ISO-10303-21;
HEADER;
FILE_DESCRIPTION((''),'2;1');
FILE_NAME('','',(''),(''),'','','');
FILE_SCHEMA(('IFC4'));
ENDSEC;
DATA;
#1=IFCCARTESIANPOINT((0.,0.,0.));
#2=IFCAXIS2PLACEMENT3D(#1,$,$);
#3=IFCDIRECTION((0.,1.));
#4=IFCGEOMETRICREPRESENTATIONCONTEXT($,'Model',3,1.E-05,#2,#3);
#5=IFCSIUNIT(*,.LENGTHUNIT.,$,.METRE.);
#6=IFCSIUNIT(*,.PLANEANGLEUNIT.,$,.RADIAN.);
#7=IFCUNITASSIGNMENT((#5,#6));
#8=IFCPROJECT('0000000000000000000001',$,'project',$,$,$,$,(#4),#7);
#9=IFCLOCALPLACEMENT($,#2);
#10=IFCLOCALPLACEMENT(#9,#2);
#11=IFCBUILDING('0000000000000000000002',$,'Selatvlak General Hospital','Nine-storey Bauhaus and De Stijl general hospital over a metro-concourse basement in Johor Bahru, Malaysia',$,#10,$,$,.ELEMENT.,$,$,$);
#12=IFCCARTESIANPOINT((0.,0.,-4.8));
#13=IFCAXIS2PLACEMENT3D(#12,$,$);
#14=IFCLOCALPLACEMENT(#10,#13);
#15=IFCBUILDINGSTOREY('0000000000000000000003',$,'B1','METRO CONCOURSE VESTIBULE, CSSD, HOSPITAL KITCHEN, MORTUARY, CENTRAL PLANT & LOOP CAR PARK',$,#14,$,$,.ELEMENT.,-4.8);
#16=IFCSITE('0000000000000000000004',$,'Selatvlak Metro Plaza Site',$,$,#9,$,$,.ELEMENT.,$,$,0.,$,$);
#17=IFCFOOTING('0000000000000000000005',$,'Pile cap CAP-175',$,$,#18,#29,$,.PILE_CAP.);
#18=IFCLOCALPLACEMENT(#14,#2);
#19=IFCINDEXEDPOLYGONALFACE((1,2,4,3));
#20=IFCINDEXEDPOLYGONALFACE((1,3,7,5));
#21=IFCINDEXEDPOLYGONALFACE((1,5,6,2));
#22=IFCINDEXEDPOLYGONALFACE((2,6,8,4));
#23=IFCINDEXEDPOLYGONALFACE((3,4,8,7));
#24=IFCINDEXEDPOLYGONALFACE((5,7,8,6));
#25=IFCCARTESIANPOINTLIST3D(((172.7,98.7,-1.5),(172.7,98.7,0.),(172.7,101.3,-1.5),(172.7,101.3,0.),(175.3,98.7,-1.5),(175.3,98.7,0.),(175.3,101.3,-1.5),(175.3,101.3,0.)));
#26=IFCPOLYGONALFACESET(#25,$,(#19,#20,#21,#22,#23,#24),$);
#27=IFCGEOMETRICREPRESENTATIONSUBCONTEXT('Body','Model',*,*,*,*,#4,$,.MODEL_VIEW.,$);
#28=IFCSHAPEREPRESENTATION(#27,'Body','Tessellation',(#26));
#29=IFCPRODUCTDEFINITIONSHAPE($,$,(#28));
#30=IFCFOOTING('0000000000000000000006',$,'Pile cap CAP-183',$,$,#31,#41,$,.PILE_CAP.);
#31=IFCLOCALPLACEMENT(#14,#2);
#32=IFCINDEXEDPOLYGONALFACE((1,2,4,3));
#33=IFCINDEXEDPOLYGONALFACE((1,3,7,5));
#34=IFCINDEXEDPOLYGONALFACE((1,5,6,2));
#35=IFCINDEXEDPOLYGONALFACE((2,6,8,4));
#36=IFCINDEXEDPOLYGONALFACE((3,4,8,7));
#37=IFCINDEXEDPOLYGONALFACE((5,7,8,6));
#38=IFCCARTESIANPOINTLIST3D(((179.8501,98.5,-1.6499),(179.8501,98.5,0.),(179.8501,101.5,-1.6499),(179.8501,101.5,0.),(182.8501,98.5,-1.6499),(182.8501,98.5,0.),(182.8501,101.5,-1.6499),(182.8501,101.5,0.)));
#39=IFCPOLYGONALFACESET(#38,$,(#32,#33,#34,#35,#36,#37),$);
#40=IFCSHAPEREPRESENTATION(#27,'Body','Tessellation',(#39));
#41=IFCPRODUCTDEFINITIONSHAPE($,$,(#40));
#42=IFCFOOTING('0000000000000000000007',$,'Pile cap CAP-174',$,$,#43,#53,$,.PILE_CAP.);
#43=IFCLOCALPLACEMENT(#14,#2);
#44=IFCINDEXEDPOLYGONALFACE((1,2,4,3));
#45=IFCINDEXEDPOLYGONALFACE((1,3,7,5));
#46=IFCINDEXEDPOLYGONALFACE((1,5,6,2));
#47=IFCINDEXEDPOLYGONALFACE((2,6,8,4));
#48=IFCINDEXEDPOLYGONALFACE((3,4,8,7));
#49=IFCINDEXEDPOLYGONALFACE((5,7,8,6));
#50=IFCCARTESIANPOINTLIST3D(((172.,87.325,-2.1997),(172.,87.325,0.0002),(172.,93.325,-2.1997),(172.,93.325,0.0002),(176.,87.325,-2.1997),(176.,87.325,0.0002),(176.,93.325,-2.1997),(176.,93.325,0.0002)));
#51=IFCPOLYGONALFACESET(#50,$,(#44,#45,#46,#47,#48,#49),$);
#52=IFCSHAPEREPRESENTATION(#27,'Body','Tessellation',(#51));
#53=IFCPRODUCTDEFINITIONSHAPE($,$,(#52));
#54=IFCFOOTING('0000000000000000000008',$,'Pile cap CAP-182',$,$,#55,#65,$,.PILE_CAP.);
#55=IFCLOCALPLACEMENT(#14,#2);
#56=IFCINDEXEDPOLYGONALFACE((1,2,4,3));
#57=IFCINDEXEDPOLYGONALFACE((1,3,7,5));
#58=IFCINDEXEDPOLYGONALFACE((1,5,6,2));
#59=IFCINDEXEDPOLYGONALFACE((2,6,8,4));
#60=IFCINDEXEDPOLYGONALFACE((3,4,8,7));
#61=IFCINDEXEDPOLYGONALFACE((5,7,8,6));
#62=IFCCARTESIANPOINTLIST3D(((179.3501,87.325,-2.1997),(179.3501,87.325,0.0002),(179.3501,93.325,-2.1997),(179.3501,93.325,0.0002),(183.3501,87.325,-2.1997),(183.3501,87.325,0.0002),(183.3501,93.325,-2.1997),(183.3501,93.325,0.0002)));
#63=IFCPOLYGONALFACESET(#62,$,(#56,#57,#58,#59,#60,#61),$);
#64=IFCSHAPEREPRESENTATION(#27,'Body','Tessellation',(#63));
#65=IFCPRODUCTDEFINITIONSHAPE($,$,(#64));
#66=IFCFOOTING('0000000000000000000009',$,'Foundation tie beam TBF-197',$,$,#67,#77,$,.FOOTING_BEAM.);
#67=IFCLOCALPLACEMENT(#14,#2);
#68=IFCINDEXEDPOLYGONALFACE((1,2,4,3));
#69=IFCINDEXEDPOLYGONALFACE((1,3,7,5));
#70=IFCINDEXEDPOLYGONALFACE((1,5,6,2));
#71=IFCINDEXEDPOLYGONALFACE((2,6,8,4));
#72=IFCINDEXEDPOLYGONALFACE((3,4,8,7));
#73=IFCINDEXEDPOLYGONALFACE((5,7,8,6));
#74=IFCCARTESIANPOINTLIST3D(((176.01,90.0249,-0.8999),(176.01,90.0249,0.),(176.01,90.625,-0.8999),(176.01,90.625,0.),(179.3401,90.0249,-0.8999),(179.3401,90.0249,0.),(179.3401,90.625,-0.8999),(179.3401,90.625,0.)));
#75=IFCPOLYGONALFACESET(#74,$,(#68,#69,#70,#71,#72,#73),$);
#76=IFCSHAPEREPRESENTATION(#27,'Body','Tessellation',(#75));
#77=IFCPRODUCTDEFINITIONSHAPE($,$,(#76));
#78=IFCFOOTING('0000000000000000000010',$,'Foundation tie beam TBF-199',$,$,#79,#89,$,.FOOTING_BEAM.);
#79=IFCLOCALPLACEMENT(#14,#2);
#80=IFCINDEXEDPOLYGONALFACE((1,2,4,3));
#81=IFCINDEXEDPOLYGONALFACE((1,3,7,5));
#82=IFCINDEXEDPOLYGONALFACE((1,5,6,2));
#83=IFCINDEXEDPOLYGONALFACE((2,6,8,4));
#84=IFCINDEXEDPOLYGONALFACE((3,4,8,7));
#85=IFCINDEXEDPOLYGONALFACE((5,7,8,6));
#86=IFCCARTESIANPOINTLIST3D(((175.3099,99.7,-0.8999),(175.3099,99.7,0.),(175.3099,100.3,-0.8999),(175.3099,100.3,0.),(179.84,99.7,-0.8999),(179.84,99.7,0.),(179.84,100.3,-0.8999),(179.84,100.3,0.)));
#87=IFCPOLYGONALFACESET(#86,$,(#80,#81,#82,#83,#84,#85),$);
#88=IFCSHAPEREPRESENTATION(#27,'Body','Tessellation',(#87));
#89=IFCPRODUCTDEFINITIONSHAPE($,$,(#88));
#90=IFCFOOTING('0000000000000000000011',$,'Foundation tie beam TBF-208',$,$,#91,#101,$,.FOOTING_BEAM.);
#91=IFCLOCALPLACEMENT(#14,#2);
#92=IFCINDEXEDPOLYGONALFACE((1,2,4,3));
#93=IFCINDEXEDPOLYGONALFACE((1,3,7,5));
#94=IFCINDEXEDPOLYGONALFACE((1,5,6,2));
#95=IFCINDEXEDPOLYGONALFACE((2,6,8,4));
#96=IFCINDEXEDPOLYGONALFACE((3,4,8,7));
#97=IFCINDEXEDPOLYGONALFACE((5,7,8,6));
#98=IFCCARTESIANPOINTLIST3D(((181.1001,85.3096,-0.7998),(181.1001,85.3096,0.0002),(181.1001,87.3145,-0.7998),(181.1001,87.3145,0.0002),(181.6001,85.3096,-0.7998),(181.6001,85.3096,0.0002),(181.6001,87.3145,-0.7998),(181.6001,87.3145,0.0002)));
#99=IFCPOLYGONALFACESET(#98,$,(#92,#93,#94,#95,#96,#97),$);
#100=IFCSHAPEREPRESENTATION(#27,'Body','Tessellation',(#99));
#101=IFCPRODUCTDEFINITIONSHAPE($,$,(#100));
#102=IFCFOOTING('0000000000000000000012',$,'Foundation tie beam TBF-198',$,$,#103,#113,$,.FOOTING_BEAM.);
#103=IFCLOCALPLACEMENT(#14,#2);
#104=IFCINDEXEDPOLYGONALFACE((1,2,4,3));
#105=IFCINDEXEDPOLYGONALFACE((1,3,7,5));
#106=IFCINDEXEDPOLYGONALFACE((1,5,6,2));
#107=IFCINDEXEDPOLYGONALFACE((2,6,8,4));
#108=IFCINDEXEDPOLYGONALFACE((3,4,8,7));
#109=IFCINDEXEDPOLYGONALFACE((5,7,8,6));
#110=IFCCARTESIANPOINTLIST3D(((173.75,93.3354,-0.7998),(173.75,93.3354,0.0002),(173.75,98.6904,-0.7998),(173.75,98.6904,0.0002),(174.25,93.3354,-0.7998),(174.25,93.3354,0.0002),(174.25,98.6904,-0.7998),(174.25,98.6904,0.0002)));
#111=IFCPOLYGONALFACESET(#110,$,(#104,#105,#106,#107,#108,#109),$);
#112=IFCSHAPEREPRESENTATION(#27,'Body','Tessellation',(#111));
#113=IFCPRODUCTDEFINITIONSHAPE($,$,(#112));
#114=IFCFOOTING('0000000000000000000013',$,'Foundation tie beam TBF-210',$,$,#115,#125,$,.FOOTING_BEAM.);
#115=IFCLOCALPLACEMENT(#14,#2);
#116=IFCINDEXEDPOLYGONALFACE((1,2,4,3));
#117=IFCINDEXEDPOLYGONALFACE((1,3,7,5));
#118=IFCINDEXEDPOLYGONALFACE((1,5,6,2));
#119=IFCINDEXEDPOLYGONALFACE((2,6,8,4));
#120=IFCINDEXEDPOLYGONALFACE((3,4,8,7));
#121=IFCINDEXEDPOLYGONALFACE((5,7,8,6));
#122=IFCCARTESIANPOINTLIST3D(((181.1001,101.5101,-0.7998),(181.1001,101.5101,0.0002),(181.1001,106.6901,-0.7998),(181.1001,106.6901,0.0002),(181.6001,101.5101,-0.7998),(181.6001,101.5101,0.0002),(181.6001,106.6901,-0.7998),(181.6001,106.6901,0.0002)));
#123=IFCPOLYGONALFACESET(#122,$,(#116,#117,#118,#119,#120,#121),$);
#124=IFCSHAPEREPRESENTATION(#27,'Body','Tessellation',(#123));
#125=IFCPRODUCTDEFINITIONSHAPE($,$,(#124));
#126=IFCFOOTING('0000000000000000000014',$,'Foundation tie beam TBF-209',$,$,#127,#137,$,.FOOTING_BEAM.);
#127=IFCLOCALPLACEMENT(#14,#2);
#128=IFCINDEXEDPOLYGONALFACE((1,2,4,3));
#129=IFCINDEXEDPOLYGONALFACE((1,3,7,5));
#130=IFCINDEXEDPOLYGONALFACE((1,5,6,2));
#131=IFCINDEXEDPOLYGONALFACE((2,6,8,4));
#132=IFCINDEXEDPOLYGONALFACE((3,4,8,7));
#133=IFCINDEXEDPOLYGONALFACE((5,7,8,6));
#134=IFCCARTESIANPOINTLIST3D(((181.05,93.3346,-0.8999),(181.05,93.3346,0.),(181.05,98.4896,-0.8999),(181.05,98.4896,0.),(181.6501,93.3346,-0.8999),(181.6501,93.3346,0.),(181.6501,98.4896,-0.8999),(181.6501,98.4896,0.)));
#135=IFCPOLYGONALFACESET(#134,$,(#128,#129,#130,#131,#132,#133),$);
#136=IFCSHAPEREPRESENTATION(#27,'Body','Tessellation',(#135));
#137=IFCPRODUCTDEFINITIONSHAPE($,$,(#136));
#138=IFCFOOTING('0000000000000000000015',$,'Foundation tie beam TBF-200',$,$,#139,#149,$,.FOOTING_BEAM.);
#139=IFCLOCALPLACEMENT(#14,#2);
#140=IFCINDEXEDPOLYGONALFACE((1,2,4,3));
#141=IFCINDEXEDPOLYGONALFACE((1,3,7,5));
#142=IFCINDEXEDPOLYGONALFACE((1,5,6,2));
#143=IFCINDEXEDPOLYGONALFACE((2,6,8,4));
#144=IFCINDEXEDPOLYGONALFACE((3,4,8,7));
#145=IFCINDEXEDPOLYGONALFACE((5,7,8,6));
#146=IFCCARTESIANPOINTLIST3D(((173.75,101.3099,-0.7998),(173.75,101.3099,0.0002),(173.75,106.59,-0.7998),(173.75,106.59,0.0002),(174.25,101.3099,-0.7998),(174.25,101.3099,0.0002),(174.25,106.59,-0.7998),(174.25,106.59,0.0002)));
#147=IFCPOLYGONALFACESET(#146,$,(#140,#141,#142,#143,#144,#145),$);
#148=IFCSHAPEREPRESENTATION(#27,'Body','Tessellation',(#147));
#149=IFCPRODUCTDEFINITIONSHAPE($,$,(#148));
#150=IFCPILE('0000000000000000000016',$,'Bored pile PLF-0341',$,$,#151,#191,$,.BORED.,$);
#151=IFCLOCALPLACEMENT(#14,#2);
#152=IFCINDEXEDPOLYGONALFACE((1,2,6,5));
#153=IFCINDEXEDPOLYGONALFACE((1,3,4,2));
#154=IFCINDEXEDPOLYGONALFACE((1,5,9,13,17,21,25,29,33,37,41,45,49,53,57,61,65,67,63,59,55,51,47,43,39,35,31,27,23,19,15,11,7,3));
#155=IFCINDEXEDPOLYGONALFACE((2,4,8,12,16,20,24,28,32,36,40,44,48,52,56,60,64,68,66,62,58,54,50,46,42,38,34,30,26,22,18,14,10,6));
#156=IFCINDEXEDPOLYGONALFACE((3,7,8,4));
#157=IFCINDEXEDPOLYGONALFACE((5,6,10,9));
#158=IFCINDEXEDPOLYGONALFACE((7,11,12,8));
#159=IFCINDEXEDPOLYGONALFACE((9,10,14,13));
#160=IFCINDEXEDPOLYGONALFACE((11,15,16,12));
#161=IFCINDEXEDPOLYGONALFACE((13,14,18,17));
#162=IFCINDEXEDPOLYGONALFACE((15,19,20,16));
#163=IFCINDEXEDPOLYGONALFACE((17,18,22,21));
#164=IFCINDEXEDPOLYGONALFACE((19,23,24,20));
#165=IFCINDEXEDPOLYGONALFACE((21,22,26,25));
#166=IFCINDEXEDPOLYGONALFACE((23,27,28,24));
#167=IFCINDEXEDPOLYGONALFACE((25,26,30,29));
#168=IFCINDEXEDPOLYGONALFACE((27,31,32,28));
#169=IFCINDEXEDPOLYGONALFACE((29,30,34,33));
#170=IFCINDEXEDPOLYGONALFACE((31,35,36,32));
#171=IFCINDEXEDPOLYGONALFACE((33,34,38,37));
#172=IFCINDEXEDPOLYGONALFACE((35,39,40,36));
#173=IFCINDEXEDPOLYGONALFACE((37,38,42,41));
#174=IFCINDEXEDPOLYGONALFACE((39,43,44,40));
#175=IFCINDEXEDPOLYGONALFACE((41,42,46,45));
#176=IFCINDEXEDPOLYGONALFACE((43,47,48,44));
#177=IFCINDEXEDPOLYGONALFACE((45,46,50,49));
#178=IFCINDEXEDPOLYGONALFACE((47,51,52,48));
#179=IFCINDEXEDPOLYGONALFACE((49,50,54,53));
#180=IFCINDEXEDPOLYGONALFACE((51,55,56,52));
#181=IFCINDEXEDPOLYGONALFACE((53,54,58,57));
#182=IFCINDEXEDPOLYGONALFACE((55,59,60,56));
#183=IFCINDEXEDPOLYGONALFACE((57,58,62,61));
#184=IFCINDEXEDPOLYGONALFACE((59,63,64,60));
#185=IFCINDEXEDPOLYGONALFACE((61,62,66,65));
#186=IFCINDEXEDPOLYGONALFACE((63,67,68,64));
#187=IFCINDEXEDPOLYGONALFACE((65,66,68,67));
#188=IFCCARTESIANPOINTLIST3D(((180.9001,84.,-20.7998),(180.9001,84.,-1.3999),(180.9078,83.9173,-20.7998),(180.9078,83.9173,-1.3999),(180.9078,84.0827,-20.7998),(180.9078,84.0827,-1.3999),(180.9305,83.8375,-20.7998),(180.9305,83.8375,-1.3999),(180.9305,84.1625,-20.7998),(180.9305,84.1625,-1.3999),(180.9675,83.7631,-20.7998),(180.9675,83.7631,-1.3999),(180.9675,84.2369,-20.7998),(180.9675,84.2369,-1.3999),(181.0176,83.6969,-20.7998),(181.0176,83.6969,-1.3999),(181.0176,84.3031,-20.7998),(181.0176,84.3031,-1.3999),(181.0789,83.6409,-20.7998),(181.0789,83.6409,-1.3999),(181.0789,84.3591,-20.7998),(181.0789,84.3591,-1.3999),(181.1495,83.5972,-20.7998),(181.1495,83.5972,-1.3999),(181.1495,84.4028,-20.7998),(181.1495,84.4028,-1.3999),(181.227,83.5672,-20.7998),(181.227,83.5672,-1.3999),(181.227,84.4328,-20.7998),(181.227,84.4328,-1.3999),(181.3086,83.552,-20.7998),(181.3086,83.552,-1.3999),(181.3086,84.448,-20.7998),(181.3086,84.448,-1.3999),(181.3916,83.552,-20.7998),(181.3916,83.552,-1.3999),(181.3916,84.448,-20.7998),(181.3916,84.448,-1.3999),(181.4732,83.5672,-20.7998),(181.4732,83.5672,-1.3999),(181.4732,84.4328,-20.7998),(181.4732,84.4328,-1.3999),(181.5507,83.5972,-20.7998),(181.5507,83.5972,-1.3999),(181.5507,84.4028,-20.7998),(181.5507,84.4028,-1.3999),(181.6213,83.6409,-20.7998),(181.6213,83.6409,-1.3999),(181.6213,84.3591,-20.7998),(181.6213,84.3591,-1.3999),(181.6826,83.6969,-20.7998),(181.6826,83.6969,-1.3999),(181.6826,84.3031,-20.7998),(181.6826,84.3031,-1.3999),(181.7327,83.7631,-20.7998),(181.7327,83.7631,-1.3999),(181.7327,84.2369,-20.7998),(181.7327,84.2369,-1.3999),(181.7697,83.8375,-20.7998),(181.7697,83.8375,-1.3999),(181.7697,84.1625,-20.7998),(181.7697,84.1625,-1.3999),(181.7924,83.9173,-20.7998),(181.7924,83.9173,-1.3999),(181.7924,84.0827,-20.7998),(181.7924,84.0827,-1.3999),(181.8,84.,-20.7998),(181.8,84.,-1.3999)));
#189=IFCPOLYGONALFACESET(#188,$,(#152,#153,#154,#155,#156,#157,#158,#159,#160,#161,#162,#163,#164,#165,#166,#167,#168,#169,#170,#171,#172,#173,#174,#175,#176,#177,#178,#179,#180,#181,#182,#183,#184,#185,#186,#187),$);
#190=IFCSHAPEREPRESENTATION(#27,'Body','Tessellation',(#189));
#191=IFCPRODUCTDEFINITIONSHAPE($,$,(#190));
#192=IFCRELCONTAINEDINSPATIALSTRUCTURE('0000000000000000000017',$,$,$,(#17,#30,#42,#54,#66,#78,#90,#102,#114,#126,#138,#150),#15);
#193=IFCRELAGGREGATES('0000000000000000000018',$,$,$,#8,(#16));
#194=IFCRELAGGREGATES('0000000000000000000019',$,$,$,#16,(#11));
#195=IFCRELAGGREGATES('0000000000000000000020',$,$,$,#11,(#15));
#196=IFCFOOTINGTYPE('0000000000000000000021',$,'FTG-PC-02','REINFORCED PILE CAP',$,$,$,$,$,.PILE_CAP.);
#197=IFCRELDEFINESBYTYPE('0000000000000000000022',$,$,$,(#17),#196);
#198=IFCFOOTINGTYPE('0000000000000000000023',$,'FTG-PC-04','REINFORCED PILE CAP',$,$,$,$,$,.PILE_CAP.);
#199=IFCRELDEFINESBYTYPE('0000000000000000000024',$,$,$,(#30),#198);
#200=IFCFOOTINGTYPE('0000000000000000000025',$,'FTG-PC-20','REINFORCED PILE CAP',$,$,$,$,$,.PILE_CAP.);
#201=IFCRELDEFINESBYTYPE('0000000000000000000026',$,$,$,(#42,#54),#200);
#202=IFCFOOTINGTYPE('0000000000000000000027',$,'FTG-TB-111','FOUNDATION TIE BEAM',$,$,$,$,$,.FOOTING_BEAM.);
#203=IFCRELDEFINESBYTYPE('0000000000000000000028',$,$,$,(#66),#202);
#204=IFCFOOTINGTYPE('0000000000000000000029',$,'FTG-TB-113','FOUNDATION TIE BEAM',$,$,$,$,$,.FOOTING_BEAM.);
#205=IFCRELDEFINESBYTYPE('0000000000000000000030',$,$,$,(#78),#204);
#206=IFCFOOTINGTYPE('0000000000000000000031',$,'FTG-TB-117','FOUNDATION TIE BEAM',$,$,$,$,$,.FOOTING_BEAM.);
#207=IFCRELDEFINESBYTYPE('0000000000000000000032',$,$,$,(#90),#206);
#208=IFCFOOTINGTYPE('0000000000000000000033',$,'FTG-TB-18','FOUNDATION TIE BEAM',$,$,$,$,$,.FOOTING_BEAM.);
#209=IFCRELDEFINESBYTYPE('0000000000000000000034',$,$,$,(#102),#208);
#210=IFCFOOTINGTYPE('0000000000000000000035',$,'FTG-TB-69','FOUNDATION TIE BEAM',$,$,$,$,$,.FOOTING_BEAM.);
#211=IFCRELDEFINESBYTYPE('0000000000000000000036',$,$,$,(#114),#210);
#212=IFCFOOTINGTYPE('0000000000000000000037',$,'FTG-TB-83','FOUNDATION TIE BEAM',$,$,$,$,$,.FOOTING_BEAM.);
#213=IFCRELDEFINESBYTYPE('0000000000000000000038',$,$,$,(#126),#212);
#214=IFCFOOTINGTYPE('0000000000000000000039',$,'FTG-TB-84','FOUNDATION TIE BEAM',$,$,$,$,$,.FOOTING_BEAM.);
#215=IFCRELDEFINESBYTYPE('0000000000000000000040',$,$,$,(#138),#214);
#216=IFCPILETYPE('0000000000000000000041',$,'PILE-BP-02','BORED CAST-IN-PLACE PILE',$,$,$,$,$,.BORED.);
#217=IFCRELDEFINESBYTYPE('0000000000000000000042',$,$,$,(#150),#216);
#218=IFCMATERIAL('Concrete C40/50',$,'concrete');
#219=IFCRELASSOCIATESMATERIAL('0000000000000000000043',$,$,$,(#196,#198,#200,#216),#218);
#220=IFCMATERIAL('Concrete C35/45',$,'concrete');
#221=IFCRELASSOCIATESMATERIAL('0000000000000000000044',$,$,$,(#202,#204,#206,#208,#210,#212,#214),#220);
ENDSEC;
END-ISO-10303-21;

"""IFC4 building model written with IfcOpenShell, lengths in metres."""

from ifc_helpers import new_model, si_unit, direction, frame, origin, origin_2d, place, context, subcontext, project, spatial, rectangle, circle, extrude, material, material_profile, profile_set, type_object, element, save


model = new_model("IFC4")

# Units and contexts
model_context = context("Model", 3, precision=1e-05, world=origin(), true_north=direction((0.0, 1.0)))
body_context = subcontext(model_context, "Body", "Model", "MODEL_VIEW")
ifc_project = project(units=[si_unit("LENGTHUNIT", "METRE"), si_unit("PLANEANGLEUNIT", "RADIAN")], contexts=[model_context])

# Site, building, storey
site_placement = place(None, origin())
site = spatial("IfcSite", under=ifc_project, at=site_placement, Name="Selatvlak Metro Plaza Site", CompositionType="ELEMENT", RefElevation=0.0)
building_placement = place(site_placement, origin())
building = spatial("IfcBuilding", under=site, at=building_placement, Name="Selatvlak General Hospital", Description="Nine-storey Bauhaus and De Stijl general hospital over a metro-concourse basement in Johor Bahru, Malaysia", CompositionType="ELEMENT")
storey_placement = place(building_placement, frame((0.0, 0.0, -4.8)))
storey = spatial("IfcBuildingStorey", under=building, at=storey_placement, Name="B1", Description="METRO CONCOURSE VESTIBULE, CSSD, HOSPITAL KITCHEN, MORTUARY, CENTRAL PLANT & LOOP CAR PARK", CompositionType="ELEMENT", Elevation=-4.8)

# Footings
ifc_material_1 = material(Name="Concrete C40/50", Category="concrete")
footing_type_1 = type_object("IfcFootingType", Name="FTG-PC-02", Description="REINFORCED PILE CAP", PredefinedType="PILE_CAP", material=ifc_material_1)
footing_1_placement = place(storey_placement, frame((174.0, 100.0, -1.5), z_axis=(0.0, 0.0, 1.0), x_axis=(1.0, 0.0, 0.0)))
element("IfcFooting", 1, at=footing_1_placement, inside=storey, type_object=footing_type_1, Name="Pile cap CAP-175", PredefinedType="PILE_CAP", context=body_context, shape_type="SweptSolid", body=[
    extrude(rectangle(XDim=2.6001, YDim=2.6001, at=origin_2d()), origin(), (0.0, 0.0, 1.0), 1.5),
])
footing_type_2 = type_object("IfcFootingType", Name="FTG-PC-04", Description="REINFORCED PILE CAP", PredefinedType="PILE_CAP", material=ifc_material_1)
footing_2_placement = place(storey_placement, frame((181.3501, 100.0, -1.6499), z_axis=(0.0, 0.0, 1.0), x_axis=(1.0, 0.0, 0.0)))
element("IfcFooting", 2, at=footing_2_placement, inside=storey, type_object=footing_type_2, Name="Pile cap CAP-183", PredefinedType="PILE_CAP", context=body_context, shape_type="SweptSolid", body=[
    extrude(rectangle(XDim=3.0, YDim=3.0, at=origin_2d()), origin(), (0.0, 0.0, 1.0), 1.6499),
])
footing_type_3 = type_object("IfcFootingType", Name="FTG-PC-20", Description="REINFORCED PILE CAP", PredefinedType="PILE_CAP", material=ifc_material_1)
for number, where, z_axis, x_axis, name in (
    (3, (174.0, 90.325, -2.1997), (0.0, 0.0, 1.0), (1.0, 0.0, 0.0), "Pile cap CAP-174"),
    (4, (181.3501, 90.325, -2.1997), (0.0, 0.0, 1.0), (1.0, 0.0, 0.0), "Pile cap CAP-182"),
):
    element("IfcFooting", number, at=place(storey_placement, frame(where, z_axis=z_axis, x_axis=x_axis)), inside=storey, type_object=footing_type_3, Name=name, PredefinedType="PILE_CAP", context=body_context, shape_type="SweptSolid", body=[
        extrude(rectangle(XDim=4.0, YDim=6.0, at=origin_2d()), origin(), (0.0, 0.0, 1.0), 2.2),
    ])
ifc_material_2 = material(Name="Concrete C35/45", Category="concrete")
footing_type_4 = type_object("IfcFootingType", Name="FTG-TB-111", Description="FOUNDATION TIE BEAM", PredefinedType="FOOTING_BEAM", material=ifc_material_2)
footing_3_placement = place(storey_placement, frame((177.675, 90.325, -0.8999), z_axis=(0.0, 0.0, 1.0), x_axis=(1.0, 0.0, 0.0)))
element("IfcFooting", 5, at=footing_3_placement, inside=storey, type_object=footing_type_4, Name="Foundation tie beam TBF-197", PredefinedType="FOOTING_BEAM", context=body_context, shape_type="SweptSolid", body=[
    extrude(rectangle(XDim=3.3301, YDim=0.6001, at=origin_2d()), origin(), (0.0, 0.0, 1.0), 0.8999),
])
footing_type_5 = type_object("IfcFootingType", Name="FTG-TB-113", Description="FOUNDATION TIE BEAM", PredefinedType="FOOTING_BEAM", material=ifc_material_2)
footing_4_placement = place(storey_placement, frame((177.575, 100.0, -0.8999), z_axis=(0.0, 0.0, 1.0), x_axis=(1.0, 0.0, 0.0)))
element("IfcFooting", 6, at=footing_4_placement, inside=storey, type_object=footing_type_5, Name="Foundation tie beam TBF-199", PredefinedType="FOOTING_BEAM", context=body_context, shape_type="SweptSolid", body=[
    extrude(rectangle(XDim=4.53, YDim=0.6001, at=origin_2d()), origin(), (0.0, 0.0, 1.0), 0.8999),
])
footing_type_6 = type_object("IfcFootingType", Name="FTG-TB-117", Description="FOUNDATION TIE BEAM", PredefinedType="FOOTING_BEAM", material=ifc_material_2)
footing_5_placement = place(storey_placement, frame((181.3501, 86.312, -0.7998), z_axis=(0.0, 0.0, 1.0), x_axis=(0.0, 1.0, 0.0)))
element("IfcFooting", 7, at=footing_5_placement, inside=storey, type_object=footing_type_6, Name="Foundation tie beam TBF-208", PredefinedType="FOOTING_BEAM", context=body_context, shape_type="SweptSolid", body=[
    extrude(rectangle(XDim=2.0049, YDim=0.5, at=origin_2d()), origin(), (0.0, 0.0, 1.0), 0.8),
])
footing_type_7 = type_object("IfcFootingType", Name="FTG-TB-18", Description="FOUNDATION TIE BEAM", PredefinedType="FOOTING_BEAM", material=ifc_material_2)
footing_6_placement = place(storey_placement, frame((174.0, 96.0129, -0.7998), z_axis=(0.0, 0.0, 1.0), x_axis=(0.0, 1.0, 0.0)))
element("IfcFooting", 8, at=footing_6_placement, inside=storey, type_object=footing_type_7, Name="Foundation tie beam TBF-198", PredefinedType="FOOTING_BEAM", context=body_context, shape_type="SweptSolid", body=[
    extrude(rectangle(XDim=5.355, YDim=0.5, at=origin_2d()), origin(), (0.0, 0.0, 1.0), 0.8),
])
footing_type_8 = type_object("IfcFootingType", Name="FTG-TB-69", Description="FOUNDATION TIE BEAM", PredefinedType="FOOTING_BEAM", material=ifc_material_2)
footing_7_placement = place(storey_placement, frame((181.3501, 104.1001, -0.7998), z_axis=(0.0, 0.0, 1.0), x_axis=(0.0, 1.0, 0.0)))
element("IfcFooting", 9, at=footing_7_placement, inside=storey, type_object=footing_type_8, Name="Foundation tie beam TBF-210", PredefinedType="FOOTING_BEAM", context=body_context, shape_type="SweptSolid", body=[
    extrude(rectangle(XDim=5.1799, YDim=0.5, at=origin_2d()), origin(), (0.0, 0.0, 1.0), 0.8),
])
footing_type_9 = type_object("IfcFootingType", Name="FTG-TB-83", Description="FOUNDATION TIE BEAM", PredefinedType="FOOTING_BEAM", material=ifc_material_2)
footing_8_placement = place(storey_placement, frame((181.3501, 95.9121, -0.8999), z_axis=(0.0, 0.0, 1.0), x_axis=(0.0, 1.0, 0.0)))
element("IfcFooting", 10, at=footing_8_placement, inside=storey, type_object=footing_type_9, Name="Foundation tie beam TBF-209", PredefinedType="FOOTING_BEAM", context=body_context, shape_type="SweptSolid", body=[
    extrude(rectangle(XDim=5.155, YDim=0.6001, at=origin_2d()), origin(), (0.0, 0.0, 1.0), 0.8999),
])
footing_type_10 = type_object("IfcFootingType", Name="FTG-TB-84", Description="FOUNDATION TIE BEAM", PredefinedType="FOOTING_BEAM", material=ifc_material_2)
footing_9_placement = place(storey_placement, frame((174.0, 103.95, -0.7998), z_axis=(0.0, 0.0, 1.0), x_axis=(0.0, 1.0, 0.0)))
element("IfcFooting", 11, at=footing_9_placement, inside=storey, type_object=footing_type_10, Name="Foundation tie beam TBF-200", PredefinedType="FOOTING_BEAM", context=body_context, shape_type="SweptSolid", body=[
    extrude(rectangle(XDim=5.28, YDim=0.5, at=origin_2d()), origin(), (0.0, 0.0, 1.0), 0.8),
])

# Pile
ifc_material_profile_1 = material_profile(ifc_material_1, circle(Radius=0.45, at=origin_2d()), Name="BORED PILE 900")
ifc_profile_set_1 = profile_set([ifc_material_profile_1], Name="Concrete C40/50")
pile_type_1 = type_object("IfcPileType", Name="PILE-BP-02", Description="BORED CAST-IN-PLACE PILE", PredefinedType="BORED", material=ifc_profile_set_1)
pile_1_placement = place(storey_placement, frame((181.3501, 84.0, -1.3999), z_axis=(0.0, 0.0, -1.0), x_axis=(1.0, 0.0, 0.0)))
element("IfcPile", 12, at=pile_1_placement, inside=storey, type_object=pile_type_1, Name="Bored pile PLF-0341", PredefinedType="BORED", context=body_context, shape_type="SweptSolid", body=[
    extrude(circle(Radius=0.45, at=origin_2d()), origin(), (0.0, 0.0, 1.0), 19.3999),
])

save(model, "model.ifc")
